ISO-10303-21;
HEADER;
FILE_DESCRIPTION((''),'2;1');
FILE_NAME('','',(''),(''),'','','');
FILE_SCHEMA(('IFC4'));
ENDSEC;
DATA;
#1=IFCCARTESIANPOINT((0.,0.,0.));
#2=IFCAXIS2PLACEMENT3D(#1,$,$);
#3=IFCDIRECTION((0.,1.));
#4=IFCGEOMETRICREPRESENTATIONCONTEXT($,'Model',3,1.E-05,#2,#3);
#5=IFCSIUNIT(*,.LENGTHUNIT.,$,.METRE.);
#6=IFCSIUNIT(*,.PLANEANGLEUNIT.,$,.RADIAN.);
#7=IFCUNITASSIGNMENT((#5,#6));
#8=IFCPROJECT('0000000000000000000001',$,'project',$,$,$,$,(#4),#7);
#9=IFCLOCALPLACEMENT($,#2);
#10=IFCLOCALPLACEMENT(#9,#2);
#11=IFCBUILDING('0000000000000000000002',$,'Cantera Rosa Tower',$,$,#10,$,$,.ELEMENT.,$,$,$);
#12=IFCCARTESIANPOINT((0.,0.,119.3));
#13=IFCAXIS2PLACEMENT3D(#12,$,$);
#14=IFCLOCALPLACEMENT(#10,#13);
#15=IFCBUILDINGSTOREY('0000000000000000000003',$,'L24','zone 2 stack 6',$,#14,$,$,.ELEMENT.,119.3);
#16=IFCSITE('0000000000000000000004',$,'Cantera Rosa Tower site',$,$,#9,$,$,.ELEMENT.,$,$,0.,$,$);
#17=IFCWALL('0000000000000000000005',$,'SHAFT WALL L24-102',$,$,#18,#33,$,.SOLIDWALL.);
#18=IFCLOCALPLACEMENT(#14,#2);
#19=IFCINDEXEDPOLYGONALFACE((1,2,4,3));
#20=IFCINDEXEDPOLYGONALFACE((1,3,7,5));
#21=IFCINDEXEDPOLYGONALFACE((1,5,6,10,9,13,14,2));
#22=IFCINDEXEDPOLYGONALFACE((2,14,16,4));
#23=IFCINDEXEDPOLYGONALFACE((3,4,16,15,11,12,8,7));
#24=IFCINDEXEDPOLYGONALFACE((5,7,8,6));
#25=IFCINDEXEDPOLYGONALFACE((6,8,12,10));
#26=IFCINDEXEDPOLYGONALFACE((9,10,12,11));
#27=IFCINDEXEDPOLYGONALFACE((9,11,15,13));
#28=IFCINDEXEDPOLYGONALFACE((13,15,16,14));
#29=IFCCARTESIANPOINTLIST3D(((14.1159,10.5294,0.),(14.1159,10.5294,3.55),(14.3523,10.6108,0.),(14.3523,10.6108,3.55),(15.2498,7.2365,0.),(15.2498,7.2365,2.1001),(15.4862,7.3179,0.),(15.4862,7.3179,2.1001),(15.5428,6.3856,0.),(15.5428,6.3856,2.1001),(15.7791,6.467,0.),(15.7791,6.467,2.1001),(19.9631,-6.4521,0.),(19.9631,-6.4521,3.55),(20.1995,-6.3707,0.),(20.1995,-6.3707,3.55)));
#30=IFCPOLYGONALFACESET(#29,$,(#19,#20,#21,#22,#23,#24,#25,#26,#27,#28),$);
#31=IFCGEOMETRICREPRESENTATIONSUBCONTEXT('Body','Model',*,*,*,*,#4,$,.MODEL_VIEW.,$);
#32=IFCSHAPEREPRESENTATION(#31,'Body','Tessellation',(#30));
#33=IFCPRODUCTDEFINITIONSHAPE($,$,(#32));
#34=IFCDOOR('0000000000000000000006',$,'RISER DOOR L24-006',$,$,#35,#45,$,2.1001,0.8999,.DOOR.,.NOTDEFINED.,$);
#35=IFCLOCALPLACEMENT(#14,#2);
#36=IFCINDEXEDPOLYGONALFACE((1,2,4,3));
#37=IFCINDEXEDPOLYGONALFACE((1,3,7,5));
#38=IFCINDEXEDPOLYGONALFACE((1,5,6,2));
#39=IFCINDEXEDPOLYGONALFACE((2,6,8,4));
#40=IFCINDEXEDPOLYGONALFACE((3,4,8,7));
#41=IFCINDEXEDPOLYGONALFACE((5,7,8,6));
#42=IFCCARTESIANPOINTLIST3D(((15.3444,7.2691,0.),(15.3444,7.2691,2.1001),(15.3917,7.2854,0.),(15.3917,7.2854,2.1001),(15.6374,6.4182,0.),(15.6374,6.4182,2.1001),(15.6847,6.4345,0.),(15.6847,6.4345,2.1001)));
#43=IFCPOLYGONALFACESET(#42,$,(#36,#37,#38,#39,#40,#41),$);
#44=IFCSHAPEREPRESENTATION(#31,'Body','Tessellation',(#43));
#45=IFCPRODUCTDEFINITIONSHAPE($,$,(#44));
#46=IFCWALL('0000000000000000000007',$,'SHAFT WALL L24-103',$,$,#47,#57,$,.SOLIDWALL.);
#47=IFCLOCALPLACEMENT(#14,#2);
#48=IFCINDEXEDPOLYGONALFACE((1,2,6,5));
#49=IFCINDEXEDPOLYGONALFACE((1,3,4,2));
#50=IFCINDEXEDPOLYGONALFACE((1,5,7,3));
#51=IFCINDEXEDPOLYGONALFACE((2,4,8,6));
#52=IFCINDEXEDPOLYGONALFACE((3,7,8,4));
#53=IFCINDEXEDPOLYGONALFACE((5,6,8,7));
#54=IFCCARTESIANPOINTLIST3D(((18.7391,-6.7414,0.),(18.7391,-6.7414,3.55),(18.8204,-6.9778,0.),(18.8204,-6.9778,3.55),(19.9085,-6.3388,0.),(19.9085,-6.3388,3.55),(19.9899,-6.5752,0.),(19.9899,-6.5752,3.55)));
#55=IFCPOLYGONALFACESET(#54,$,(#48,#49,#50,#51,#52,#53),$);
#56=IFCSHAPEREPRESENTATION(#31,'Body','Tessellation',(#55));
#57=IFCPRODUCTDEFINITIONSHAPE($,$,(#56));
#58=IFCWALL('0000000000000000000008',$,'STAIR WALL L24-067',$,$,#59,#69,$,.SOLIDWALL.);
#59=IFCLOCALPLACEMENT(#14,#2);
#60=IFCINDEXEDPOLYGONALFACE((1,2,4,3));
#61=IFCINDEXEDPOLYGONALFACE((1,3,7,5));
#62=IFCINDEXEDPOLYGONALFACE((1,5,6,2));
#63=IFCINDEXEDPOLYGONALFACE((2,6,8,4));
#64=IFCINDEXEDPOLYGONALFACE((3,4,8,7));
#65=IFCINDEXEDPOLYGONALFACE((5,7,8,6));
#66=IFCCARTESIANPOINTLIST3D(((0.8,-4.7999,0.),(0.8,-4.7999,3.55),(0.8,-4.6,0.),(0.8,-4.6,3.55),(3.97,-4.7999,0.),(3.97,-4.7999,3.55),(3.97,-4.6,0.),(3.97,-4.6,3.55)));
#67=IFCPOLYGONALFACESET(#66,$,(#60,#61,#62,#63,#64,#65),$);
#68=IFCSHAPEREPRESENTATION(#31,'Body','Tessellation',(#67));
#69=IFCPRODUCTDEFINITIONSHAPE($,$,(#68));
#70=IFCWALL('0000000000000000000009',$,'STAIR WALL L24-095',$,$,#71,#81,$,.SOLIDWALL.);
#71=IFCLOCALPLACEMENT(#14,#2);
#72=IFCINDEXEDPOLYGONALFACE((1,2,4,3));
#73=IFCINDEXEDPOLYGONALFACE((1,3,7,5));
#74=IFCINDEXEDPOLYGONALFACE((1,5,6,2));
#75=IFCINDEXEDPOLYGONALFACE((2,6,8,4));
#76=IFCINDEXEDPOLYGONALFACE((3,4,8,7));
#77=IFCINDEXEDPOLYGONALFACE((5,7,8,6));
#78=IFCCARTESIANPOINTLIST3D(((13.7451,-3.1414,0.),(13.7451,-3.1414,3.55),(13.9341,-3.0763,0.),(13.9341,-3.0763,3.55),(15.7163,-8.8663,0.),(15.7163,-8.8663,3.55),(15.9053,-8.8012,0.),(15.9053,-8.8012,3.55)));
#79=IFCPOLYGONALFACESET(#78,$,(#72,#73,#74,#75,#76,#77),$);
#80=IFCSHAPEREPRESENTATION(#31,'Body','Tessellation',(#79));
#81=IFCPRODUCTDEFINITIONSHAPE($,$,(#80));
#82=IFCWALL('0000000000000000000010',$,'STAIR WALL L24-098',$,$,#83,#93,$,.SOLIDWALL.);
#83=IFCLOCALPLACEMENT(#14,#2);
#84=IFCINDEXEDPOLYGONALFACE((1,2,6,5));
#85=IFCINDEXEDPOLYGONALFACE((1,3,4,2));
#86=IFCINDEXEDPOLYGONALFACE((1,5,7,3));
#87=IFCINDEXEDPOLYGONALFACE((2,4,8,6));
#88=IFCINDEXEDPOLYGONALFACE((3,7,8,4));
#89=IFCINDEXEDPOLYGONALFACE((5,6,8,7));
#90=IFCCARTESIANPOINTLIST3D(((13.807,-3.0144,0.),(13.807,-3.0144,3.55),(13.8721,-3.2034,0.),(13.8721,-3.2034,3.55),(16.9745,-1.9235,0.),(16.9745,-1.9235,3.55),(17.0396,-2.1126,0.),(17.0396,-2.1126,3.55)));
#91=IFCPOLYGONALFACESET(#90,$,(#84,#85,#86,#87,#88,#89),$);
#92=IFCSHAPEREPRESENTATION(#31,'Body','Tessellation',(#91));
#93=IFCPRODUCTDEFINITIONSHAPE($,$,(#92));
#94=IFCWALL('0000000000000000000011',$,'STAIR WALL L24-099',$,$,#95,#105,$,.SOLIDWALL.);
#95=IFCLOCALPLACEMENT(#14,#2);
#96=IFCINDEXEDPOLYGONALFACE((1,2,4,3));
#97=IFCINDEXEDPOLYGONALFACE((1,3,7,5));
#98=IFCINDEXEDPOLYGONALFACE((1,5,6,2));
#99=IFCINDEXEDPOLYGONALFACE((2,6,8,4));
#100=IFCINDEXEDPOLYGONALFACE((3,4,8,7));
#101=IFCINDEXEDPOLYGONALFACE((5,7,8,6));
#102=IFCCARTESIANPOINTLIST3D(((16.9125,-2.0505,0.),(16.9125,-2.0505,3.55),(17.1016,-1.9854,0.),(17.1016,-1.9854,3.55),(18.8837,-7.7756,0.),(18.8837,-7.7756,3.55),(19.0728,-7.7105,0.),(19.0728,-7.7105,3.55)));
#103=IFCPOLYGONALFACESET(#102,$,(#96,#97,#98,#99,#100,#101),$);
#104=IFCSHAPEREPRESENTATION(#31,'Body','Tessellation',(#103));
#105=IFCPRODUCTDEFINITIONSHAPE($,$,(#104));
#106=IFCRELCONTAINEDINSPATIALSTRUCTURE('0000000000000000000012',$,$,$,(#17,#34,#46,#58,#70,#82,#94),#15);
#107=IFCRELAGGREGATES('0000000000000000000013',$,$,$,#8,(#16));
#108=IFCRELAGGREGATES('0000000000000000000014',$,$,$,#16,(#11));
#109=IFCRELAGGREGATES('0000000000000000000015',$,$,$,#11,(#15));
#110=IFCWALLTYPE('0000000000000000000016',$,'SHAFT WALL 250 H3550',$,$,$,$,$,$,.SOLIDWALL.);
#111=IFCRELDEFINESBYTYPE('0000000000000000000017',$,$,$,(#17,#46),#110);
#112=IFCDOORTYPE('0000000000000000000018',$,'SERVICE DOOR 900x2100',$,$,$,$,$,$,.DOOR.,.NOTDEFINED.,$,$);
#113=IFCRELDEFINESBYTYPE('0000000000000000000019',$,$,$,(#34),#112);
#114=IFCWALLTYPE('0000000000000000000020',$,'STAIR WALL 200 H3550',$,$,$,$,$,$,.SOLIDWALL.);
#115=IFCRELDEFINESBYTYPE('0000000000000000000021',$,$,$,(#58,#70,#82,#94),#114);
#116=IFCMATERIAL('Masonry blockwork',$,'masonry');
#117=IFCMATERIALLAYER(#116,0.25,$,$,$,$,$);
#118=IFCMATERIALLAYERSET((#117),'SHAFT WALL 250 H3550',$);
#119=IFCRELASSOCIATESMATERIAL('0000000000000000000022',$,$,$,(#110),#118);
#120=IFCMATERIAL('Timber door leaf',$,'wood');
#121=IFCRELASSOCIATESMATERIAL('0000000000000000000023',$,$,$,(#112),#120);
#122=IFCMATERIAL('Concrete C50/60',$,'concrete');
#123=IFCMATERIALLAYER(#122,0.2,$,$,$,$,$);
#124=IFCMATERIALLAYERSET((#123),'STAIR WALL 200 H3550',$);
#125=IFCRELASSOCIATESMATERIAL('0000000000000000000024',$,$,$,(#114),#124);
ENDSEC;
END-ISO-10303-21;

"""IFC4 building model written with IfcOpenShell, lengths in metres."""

from ifc_helpers import new_model, si_unit, direction, frame, frame_2d, origin, place, context, subcontext, project, spatial, rectangle, extrude, material, layer, layer_set, type_object, element, fill, save


model = new_model("IFC4")

# Units and contexts
model_context = context("Model", 3, precision=1e-05, world=origin(), true_north=direction((0.0, 1.0)))
body_context = subcontext(model_context, "Body", "Model", "MODEL_VIEW")
ifc_project = project(units=[si_unit("LENGTHUNIT", "METRE"), si_unit("PLANEANGLEUNIT", "RADIAN")], contexts=[model_context])

# Site, building, storey
site_placement = place(None, origin())
site = spatial("IfcSite", under=ifc_project, at=site_placement, Name="Cantera Rosa Tower site", CompositionType="ELEMENT", RefElevation=0.0)
building_placement = place(site_placement, origin())
building = spatial("IfcBuilding", under=site, at=building_placement, Name="Cantera Rosa Tower", CompositionType="ELEMENT")
storey_placement = place(building_placement, frame((0.0, 0.0, 119.3)))
storey = spatial("IfcBuildingStorey", under=building, at=storey_placement, Name="L24", Description="zone 2 stack 6", CompositionType="ELEMENT", Elevation=119.3)

# Shared definitions
ifc_material_1 = material(Name="Masonry blockwork", Category="masonry")
ifc_layer_1 = layer(ifc_material_1, 0.25)
ifc_layer_set_1 = layer_set([ifc_layer_1], Name="SHAFT WALL 250 H3550")
wall_type_1 = type_object("IfcWallType", Name="SHAFT WALL 250 H3550", PredefinedType="SOLIDWALL", material=ifc_layer_set_1)

# Wall, opening, door
wall_1_placement = place(storey_placement, frame((20.0813, -6.4114, 0.0), z_axis=(0.0, 0.0, 1.0), x_axis=(-0.325568, 0.945519, 0.0)))
wall_1 = element("IfcWall", 1, at=wall_1_placement, inside=storey, type_object=wall_type_1, Name="SHAFT WALL L24-102", PredefinedType="SOLIDWALL", context=body_context, shape_type="SweptSolid", body=[
    extrude(rectangle(XDim=17.96, YDim=0.25, at=frame_2d((8.98, 0.0))), origin(), (0.0, 0.0, 1.0), 3.55),
])
opening_1_placement = place(wall_1_placement, frame((13.5774, 0.0, 0.0)))
opening_1 = element("IfcOpeningElement", 2, at=opening_1_placement, cuts=wall_1, PredefinedType="OPENING", context=body_context, shape_type="SweptSolid", body=[
    extrude(rectangle(XDim=0.8999, YDim=2.1001, at=frame_2d((0.45, 1.05))), frame((0.0, 0.135, 0.0), z_axis=(0.0, -1.0, 0.0), x_axis=(1.0, 0.0, 0.0)), (0.0, 0.0, 1.0), 0.27),
])
ifc_material_2 = material(Name="Timber door leaf", Category="wood")
door_type_1 = type_object("IfcDoorType", Name="SERVICE DOOR 900x2100", OperationType="NOTDEFINED", PredefinedType="DOOR", material=ifc_material_2)
door_1_placement = place(opening_1_placement, origin())
door_1 = element("IfcDoor", 3, at=door_1_placement, inside=storey, type_object=door_type_1, Name="RISER DOOR L24-006", OperationType="NOTDEFINED", OverallHeight=2.1001, OverallWidth=0.8999, PredefinedType="DOOR", context=body_context, shape_type="SweptSolid", body=[
    extrude(rectangle(XDim=0.8999, YDim=2.1001, at=frame_2d((0.45, 1.05))), frame((0.0, 0.0249, 0.0), z_axis=(0.0, -1.0, 0.0), x_axis=(1.0, 0.0, 0.0)), (0.0, 0.0, 1.0), 0.05),
])
fill(opening_1, door_1)

# Walls
wall_2_placement = place(storey_placement, frame((19.9492, -6.457, 0.0), z_axis=(0.0, 0.0, 1.0), x_axis=(-0.945539, -0.32551, 0.0)))
element("IfcWall", 4, at=wall_2_placement, inside=storey, type_object=wall_type_1, Name="SHAFT WALL L24-103", PredefinedType="SOLIDWALL", context=body_context, shape_type="SweptSolid", body=[
    extrude(rectangle(XDim=1.2368, YDim=0.25, at=frame_2d((0.6184, 0.0))), origin(), (0.0, 0.0, 1.0), 3.55),
])
ifc_material_3 = material(Name="Concrete C50/60", Category="concrete")
ifc_layer_2 = layer(ifc_material_3, 0.2)
ifc_layer_set_2 = layer_set([ifc_layer_2], Name="STAIR WALL 200 H3550")
wall_type_2 = type_object("IfcWallType", Name="STAIR WALL 200 H3550", PredefinedType="SOLIDWALL", material=ifc_layer_set_2)
wall_3_placement = place(storey_placement, frame((3.97, -4.7, 0.0), z_axis=(0.0, 0.0, 1.0), x_axis=(-1.0, 0.0, 0.0)))
element("IfcWall", 5, at=wall_3_placement, inside=storey, type_object=wall_type_2, Name="STAIR WALL L24-067", PredefinedType="SOLIDWALL", context=body_context, shape_type="SweptSolid", body=[
    extrude(rectangle(XDim=3.1699, YDim=0.2, at=frame_2d((1.585, 0.0))), origin(), (0.0, 0.0, 1.0), 3.55),
])
wall_4_placement = place(storey_placement, frame((13.8396, -3.1089, 0.0), z_axis=(0.0, 0.0, 1.0), x_axis=(0.325563, -0.94552, 0.0)))
element("IfcWall", 6, at=wall_4_placement, inside=storey, type_object=wall_type_2, Name="STAIR WALL L24-095", PredefinedType="SOLIDWALL", context=body_context, shape_type="SweptSolid", body=[
    extrude(rectangle(XDim=6.0547, YDim=0.2, at=frame_2d((3.0273, 0.0))), origin(), (0.0, 0.0, 1.0), 3.55),
])
wall_5_placement = place(storey_placement, frame((17.0071, -2.0181, 0.0), z_axis=(0.0, 0.0, 1.0), x_axis=(-0.945503, -0.325613, 0.0)))
element("IfcWall", 7, at=wall_5_placement, inside=storey, type_object=wall_type_2, Name="STAIR WALL L24-098", PredefinedType="SOLIDWALL", context=body_context, shape_type="SweptSolid", body=[
    extrude(rectangle(XDim=3.3501, YDim=0.2, at=frame_2d((1.675, 0.0))), origin(), (0.0, 0.0, 1.0), 3.55),
])
wall_6_placement = place(storey_placement, frame((17.0071, -2.0181, 0.0), z_axis=(0.0, 0.0, 1.0), x_axis=(0.325551, -0.945525, 0.0)))
element("IfcWall", 8, at=wall_6_placement, inside=storey, type_object=wall_type_2, Name="STAIR WALL L24-099", PredefinedType="SOLIDWALL", context=body_context, shape_type="SweptSolid", body=[
    extrude(rectangle(XDim=6.0549, YDim=0.2, at=frame_2d((3.0273, 0.0))), origin(), (0.0, 0.0, 1.0), 3.55),
])

save(model, "model.ifc")
